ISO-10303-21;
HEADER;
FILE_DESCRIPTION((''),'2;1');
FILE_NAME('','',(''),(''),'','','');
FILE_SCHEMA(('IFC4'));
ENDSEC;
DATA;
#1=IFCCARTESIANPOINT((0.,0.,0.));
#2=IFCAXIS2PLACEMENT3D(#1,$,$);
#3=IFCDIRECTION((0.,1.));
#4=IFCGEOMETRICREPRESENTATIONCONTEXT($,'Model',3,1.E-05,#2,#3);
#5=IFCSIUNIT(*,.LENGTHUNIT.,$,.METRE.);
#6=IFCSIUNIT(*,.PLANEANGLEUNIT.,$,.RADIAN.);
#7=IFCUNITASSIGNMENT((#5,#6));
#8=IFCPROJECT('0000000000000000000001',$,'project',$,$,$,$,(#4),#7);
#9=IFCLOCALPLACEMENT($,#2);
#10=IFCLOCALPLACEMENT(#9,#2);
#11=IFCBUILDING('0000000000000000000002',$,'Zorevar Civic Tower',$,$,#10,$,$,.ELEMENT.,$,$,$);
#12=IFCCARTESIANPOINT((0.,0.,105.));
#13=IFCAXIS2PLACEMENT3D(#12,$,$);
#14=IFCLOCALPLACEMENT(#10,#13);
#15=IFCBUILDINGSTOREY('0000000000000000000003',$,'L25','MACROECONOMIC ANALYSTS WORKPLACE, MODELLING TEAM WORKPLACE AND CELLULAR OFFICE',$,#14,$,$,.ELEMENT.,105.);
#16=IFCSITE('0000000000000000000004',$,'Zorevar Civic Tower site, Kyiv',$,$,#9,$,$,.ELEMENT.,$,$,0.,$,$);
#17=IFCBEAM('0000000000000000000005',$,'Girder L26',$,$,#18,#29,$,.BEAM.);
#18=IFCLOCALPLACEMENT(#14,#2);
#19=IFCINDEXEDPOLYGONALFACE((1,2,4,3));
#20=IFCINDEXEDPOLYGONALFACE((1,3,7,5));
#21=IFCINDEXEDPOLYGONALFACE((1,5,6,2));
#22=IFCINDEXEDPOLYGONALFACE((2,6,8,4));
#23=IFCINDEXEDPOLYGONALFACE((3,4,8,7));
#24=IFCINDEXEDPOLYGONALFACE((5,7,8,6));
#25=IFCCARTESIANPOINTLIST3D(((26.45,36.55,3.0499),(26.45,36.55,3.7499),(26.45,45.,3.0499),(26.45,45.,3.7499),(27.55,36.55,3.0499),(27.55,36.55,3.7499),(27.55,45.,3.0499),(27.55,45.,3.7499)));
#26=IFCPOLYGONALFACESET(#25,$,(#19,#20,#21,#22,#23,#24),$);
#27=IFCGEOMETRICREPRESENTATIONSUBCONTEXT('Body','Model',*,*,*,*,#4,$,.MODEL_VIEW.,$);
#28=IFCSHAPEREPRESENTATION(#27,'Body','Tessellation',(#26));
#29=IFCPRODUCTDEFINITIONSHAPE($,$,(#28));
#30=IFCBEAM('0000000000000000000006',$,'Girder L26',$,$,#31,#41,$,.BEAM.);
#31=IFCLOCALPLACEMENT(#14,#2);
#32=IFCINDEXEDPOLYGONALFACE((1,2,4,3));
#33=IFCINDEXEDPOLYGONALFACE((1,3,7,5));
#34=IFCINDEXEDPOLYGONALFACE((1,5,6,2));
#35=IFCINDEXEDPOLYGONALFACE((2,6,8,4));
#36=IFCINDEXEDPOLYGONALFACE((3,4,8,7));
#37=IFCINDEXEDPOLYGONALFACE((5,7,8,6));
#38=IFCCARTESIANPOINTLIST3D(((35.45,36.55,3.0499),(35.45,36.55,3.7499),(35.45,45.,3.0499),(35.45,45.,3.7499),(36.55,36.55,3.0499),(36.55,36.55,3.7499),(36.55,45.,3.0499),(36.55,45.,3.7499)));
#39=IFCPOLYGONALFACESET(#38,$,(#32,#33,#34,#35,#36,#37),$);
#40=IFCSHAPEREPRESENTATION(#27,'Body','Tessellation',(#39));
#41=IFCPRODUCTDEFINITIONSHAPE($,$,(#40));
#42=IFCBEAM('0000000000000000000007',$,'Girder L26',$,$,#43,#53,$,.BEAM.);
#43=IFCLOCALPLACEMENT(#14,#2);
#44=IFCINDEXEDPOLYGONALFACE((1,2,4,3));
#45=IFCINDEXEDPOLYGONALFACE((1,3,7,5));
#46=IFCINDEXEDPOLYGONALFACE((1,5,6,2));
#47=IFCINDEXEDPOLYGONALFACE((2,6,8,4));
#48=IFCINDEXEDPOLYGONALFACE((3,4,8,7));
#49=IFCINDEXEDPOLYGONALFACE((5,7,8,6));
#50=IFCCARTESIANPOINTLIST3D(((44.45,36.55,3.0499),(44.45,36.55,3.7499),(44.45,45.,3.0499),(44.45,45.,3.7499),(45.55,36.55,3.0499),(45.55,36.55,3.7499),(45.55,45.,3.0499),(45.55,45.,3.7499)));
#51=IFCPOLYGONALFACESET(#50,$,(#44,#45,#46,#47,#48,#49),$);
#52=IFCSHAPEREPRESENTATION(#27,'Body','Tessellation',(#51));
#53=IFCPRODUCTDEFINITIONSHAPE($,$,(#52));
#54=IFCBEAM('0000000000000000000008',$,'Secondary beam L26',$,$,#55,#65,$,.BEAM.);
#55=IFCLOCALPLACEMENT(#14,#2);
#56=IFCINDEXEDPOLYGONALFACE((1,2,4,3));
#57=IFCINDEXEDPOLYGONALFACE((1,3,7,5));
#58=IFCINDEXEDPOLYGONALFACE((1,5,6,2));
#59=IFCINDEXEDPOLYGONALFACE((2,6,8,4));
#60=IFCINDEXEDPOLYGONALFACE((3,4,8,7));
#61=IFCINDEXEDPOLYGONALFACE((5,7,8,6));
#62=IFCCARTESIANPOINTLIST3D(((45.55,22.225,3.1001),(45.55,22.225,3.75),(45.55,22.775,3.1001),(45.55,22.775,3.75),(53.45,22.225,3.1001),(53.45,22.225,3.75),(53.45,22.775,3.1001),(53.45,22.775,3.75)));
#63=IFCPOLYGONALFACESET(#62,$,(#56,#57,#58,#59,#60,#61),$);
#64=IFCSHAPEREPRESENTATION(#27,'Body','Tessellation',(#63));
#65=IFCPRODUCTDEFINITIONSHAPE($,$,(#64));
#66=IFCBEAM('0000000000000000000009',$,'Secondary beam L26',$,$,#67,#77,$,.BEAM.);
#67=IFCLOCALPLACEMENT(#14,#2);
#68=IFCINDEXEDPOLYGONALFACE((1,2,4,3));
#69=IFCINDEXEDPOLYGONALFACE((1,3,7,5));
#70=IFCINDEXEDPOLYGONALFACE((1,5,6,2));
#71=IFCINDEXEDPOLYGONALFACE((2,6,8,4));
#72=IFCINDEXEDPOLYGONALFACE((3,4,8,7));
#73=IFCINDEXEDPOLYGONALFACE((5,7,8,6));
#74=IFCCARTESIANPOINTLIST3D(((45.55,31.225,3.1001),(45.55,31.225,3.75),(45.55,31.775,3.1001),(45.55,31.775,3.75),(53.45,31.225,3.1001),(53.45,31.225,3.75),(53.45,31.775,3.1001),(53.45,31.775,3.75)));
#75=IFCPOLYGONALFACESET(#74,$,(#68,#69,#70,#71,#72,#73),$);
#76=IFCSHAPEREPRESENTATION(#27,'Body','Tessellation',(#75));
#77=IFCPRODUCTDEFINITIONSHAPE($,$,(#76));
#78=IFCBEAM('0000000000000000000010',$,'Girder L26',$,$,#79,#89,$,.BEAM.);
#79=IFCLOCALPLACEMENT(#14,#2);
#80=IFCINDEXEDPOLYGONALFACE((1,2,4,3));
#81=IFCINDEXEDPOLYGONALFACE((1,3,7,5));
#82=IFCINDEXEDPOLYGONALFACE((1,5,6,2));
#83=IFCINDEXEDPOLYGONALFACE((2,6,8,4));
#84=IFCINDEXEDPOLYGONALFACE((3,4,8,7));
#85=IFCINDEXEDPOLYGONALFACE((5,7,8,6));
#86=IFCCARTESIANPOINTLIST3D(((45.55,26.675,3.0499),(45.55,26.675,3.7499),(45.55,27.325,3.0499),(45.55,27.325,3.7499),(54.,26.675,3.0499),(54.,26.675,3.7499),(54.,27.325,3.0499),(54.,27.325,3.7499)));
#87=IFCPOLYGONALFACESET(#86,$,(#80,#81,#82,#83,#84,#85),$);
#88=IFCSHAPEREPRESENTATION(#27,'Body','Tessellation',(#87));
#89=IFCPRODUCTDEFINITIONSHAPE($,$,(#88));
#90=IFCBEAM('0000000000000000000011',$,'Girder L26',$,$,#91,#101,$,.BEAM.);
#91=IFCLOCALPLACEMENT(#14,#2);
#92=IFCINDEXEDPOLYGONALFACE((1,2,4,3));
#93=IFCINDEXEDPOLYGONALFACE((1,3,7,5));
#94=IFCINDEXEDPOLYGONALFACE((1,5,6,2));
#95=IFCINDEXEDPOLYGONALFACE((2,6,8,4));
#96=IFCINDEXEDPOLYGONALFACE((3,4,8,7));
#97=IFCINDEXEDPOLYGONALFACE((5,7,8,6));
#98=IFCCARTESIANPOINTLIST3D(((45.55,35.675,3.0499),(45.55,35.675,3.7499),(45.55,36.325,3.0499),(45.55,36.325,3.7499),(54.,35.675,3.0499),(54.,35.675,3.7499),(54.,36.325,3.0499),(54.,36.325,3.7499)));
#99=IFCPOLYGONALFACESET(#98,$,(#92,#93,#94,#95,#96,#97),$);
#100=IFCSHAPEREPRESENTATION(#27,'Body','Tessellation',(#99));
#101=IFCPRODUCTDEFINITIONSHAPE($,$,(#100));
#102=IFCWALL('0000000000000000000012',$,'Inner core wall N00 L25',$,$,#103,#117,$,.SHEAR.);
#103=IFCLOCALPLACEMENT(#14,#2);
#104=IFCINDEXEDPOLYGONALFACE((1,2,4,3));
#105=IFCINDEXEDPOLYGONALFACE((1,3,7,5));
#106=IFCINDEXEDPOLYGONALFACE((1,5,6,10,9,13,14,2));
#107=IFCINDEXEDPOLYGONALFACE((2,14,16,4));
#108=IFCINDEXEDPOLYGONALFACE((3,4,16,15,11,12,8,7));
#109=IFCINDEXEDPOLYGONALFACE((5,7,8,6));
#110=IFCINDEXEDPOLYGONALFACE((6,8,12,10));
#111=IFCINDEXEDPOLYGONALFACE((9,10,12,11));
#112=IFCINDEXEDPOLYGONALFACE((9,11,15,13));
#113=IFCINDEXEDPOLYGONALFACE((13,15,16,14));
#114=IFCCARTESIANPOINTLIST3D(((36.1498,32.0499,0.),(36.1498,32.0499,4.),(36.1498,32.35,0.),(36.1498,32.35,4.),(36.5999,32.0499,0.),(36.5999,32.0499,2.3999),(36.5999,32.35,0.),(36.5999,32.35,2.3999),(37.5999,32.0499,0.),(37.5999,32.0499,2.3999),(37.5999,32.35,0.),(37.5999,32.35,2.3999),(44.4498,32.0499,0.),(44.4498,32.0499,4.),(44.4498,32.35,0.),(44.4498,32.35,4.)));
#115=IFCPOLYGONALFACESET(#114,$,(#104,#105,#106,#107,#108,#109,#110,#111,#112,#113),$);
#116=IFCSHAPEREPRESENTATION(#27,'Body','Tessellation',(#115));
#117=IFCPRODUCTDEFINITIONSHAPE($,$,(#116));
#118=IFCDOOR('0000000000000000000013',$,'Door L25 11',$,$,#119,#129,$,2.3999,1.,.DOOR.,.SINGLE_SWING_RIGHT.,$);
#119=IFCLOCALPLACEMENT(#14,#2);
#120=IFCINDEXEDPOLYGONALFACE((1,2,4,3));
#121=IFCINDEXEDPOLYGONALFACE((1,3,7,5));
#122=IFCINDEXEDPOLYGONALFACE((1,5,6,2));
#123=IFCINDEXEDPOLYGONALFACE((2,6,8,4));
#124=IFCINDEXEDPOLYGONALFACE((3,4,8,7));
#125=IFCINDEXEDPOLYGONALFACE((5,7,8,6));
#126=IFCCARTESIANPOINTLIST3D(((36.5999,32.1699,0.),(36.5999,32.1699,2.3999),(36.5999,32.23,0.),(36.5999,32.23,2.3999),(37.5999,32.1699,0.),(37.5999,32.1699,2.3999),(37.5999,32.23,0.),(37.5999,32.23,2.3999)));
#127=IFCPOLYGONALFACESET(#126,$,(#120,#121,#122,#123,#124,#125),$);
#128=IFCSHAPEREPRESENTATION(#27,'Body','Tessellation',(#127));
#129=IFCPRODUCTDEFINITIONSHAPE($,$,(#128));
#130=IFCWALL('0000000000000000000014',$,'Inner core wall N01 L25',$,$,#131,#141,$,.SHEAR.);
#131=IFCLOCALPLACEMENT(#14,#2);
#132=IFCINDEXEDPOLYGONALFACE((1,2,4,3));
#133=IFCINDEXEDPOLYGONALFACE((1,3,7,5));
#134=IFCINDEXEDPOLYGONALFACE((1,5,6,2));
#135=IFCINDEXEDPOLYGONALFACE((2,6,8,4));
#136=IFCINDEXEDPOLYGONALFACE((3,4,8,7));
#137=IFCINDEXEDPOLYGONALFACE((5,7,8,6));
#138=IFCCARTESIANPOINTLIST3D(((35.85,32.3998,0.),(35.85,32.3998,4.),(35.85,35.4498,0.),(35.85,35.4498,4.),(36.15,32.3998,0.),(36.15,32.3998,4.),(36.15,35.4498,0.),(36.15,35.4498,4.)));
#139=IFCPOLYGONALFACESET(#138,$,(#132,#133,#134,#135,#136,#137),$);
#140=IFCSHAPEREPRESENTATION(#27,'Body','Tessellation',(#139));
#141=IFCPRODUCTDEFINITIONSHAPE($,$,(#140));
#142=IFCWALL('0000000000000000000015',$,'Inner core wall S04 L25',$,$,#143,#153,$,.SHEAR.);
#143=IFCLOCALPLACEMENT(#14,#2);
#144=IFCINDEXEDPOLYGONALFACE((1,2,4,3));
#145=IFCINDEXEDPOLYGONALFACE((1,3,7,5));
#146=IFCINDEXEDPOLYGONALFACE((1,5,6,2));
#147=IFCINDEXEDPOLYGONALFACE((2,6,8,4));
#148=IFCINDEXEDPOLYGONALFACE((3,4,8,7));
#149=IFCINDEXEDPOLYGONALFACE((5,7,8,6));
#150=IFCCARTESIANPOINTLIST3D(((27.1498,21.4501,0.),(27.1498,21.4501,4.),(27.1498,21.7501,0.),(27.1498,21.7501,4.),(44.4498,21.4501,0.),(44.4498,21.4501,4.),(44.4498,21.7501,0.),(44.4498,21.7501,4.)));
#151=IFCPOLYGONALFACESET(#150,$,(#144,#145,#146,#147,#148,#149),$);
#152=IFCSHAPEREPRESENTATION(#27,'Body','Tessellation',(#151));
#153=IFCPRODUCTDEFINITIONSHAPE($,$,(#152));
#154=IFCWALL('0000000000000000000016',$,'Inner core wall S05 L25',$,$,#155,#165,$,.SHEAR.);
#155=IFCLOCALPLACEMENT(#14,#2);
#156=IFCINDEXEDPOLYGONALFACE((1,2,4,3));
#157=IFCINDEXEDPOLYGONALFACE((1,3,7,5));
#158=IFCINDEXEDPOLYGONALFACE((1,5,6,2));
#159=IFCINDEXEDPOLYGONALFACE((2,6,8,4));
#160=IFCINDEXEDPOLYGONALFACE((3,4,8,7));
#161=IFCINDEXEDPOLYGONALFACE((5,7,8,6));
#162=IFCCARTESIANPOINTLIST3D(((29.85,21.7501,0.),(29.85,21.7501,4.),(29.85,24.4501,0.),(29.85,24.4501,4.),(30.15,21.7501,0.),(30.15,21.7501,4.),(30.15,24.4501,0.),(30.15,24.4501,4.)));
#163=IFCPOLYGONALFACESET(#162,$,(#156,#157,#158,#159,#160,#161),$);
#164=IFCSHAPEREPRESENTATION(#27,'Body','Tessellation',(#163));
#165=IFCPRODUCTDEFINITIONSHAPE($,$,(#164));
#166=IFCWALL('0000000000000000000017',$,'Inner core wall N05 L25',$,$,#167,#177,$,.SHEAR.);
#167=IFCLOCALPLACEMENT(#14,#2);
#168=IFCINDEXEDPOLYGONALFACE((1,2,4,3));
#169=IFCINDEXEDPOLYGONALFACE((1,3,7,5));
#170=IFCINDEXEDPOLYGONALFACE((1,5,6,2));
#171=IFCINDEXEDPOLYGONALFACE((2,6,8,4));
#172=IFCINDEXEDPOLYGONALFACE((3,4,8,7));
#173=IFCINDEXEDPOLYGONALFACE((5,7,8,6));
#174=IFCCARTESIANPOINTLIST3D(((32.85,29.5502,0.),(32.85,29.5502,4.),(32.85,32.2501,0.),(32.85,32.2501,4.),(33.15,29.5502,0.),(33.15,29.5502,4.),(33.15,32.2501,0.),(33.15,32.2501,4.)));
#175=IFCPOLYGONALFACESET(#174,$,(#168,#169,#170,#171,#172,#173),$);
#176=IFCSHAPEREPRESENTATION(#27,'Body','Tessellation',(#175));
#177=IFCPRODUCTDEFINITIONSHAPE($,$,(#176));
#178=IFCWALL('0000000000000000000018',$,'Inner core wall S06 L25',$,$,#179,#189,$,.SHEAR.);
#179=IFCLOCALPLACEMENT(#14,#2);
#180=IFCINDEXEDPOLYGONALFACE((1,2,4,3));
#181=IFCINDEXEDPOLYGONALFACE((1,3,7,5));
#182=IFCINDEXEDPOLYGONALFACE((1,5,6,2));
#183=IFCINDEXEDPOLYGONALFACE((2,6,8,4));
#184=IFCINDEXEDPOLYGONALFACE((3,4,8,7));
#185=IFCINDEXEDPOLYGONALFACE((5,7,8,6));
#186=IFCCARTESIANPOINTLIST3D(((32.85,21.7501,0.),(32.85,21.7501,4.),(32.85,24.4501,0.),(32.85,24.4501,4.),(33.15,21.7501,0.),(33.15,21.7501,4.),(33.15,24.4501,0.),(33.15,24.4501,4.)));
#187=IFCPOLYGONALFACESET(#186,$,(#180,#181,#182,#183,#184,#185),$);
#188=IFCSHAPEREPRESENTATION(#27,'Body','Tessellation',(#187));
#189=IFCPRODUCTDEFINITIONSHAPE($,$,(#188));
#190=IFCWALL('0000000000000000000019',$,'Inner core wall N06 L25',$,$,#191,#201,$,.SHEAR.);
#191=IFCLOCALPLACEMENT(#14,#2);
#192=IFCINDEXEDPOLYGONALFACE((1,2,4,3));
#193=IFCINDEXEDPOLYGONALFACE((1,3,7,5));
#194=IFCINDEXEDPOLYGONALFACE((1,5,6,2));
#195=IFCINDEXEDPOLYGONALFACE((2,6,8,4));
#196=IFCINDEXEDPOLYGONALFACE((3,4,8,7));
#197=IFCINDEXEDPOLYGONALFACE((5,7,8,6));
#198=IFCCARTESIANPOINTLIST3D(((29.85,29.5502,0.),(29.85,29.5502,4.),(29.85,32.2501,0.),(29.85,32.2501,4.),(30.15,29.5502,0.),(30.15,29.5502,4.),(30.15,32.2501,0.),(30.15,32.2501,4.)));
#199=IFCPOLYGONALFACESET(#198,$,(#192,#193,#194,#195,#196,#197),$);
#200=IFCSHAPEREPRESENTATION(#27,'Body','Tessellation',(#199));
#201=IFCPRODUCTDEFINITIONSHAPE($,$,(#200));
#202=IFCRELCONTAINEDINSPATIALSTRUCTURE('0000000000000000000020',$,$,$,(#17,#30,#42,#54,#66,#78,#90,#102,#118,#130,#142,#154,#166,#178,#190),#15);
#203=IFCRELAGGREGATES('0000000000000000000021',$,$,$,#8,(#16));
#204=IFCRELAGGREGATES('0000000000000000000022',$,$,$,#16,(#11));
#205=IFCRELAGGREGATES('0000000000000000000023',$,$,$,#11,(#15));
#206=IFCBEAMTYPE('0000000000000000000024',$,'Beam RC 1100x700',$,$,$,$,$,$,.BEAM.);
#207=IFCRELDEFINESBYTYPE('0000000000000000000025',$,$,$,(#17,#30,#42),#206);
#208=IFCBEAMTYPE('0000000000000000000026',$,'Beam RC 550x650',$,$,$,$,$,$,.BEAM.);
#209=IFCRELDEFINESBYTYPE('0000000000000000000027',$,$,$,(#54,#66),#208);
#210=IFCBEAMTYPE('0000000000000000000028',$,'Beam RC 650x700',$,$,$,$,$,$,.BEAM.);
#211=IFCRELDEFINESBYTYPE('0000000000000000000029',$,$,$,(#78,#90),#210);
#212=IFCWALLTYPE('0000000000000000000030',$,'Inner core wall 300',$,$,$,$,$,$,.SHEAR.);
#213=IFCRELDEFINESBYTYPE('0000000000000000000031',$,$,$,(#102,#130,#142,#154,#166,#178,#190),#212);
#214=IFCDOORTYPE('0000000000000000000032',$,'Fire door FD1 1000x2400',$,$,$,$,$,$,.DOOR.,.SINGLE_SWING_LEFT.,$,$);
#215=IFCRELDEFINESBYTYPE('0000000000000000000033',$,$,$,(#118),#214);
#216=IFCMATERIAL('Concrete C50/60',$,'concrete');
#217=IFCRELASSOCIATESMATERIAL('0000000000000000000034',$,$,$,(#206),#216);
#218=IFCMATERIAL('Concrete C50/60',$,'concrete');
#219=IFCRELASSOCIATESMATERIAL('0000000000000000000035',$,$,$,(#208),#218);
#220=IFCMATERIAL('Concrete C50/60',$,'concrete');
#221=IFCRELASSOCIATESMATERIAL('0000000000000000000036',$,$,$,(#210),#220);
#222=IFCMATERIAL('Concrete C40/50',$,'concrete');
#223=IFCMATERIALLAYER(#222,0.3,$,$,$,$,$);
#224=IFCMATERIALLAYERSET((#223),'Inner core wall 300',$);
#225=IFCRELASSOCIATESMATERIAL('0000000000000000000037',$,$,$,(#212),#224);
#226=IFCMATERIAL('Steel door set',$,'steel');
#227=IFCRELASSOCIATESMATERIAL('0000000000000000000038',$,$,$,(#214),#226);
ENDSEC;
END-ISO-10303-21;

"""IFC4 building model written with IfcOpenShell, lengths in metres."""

from ifc_helpers import new_model, si_unit, direction, frame, frame_2d, origin, origin_2d, place, context, subcontext, project, spatial, rectangle, extrude, material, layer, layer_set, material_profile, profile_set, type_object, element, fill, save


model = new_model("IFC4")

# Units and contexts
model_context = context("Model", 3, precision=1e-05, world=origin(), true_north=direction((0.0, 1.0)))
body_context = subcontext(model_context, "Body", "Model", "MODEL_VIEW")
ifc_project = project(units=[si_unit("LENGTHUNIT", "METRE"), si_unit("PLANEANGLEUNIT", "RADIAN")], contexts=[model_context])

# Site, building, storey
site_placement = place(None, origin())
site = spatial("IfcSite", under=ifc_project, at=site_placement, Name="Zorevar Civic Tower site, Kyiv", CompositionType="ELEMENT", RefElevation=0.0)
building_placement = place(site_placement, origin())
building = spatial("IfcBuilding", under=site, at=building_placement, Name="Zorevar Civic Tower", CompositionType="ELEMENT")
storey_placement = place(building_placement, frame((0.0, 0.0, 105.0)))
storey = spatial("IfcBuildingStorey", under=building, at=storey_placement, Name="L25", Description="MACROECONOMIC ANALYSTS WORKPLACE, MODELLING TEAM WORKPLACE AND CELLULAR OFFICE", CompositionType="ELEMENT", Elevation=105.0)

# Beams
ifc_material_1 = material(Name="Concrete C50/60", Category="concrete")
ifc_material_profile_1 = material_profile(ifc_material_1, rectangle(XDim=1.1001, YDim=0.7, at=origin_2d()), Name="RC 1100x700")
ifc_profile_set_1 = profile_set([ifc_material_profile_1], Name="Concrete C50/60")
beam_type_1 = type_object("IfcBeamType", Name="Beam RC 1100x700", PredefinedType="BEAM", material=ifc_profile_set_1)
for number, where, z_axis, x_axis, name in (
    (1, (27.0, 36.55, 3.3999), (0.0, 1.0, 0.0), (-1.0, 0.0, 0.0), "Girder L26"),
    (2, (36.0, 36.55, 3.3999), (0.0, 1.0, 0.0), (-1.0, 0.0, 0.0), "Girder L26"),
    (3, (45.0, 36.55, 3.3999), (0.0, 1.0, 0.0), (-1.0, 0.0, 0.0), "Girder L26"),
):
    element("IfcBeam", number, at=place(storey_placement, frame(where, z_axis=z_axis, x_axis=x_axis)), inside=storey, type_object=beam_type_1, Name=name, PredefinedType="BEAM", context=body_context, shape_type="SweptSolid", body=[
        extrude(rectangle(XDim=1.1001, YDim=0.7, at=origin_2d()), origin(), (0.0, 0.0, 1.0), 8.45),
    ])
ifc_material_2 = material(Name="Concrete C50/60", Category="concrete")
ifc_material_profile_2 = material_profile(ifc_material_2, rectangle(XDim=0.55, YDim=0.6499, at=origin_2d()), Name="RC 550x650")
ifc_profile_set_2 = profile_set([ifc_material_profile_2], Name="Concrete C50/60")
beam_type_2 = type_object("IfcBeamType", Name="Beam RC 550x650", PredefinedType="BEAM", material=ifc_profile_set_2)
for number, where, z_axis, x_axis, name in (
    (4, (45.55, 22.5, 3.425), (1.0, 0.0, 0.0), (0.0, 1.0, 0.0), "Secondary beam L26"),
    (5, (45.55, 31.5, 3.425), (1.0, 0.0, 0.0), (0.0, 1.0, 0.0), "Secondary beam L26"),
):
    element("IfcBeam", number, at=place(storey_placement, frame(where, z_axis=z_axis, x_axis=x_axis)), inside=storey, type_object=beam_type_2, Name=name, PredefinedType="BEAM", context=body_context, shape_type="SweptSolid", body=[
        extrude(rectangle(XDim=0.55, YDim=0.6499, at=origin_2d()), origin(), (0.0, 0.0, 1.0), 7.8999),
    ])
ifc_material_3 = material(Name="Concrete C50/60", Category="concrete")
ifc_material_profile_3 = material_profile(ifc_material_3, rectangle(XDim=0.6499, YDim=0.7, at=origin_2d()), Name="RC 650x700")
ifc_profile_set_3 = profile_set([ifc_material_profile_3], Name="Concrete C50/60")
beam_type_3 = type_object("IfcBeamType", Name="Beam RC 650x700", PredefinedType="BEAM", material=ifc_profile_set_3)
for number, where, z_axis, x_axis, name in (
    (6, (45.55, 27.0, 3.3999), (1.0, 0.0, 0.0), (0.0, 1.0, 0.0), "Girder L26"),
    (7, (45.55, 36.0, 3.3999), (1.0, 0.0, 0.0), (0.0, 1.0, 0.0), "Girder L26"),
):
    element("IfcBeam", number, at=place(storey_placement, frame(where, z_axis=z_axis, x_axis=x_axis)), inside=storey, type_object=beam_type_3, Name=name, PredefinedType="BEAM", context=body_context, shape_type="SweptSolid", body=[
        extrude(rectangle(XDim=0.6499, YDim=0.7, at=origin_2d()), origin(), (0.0, 0.0, 1.0), 8.45),
    ])

# Wall, opening, door
ifc_material_4 = material(Name="Concrete C40/50", Category="concrete")
ifc_layer_1 = layer(ifc_material_4, 0.3)
ifc_layer_set_1 = layer_set([ifc_layer_1], Name="Inner core wall 300")
wall_type_1 = type_object("IfcWallType", Name="Inner core wall 300", PredefinedType="SHEAR", material=ifc_layer_set_1)
wall_1_placement = place(storey_placement, frame((36.1499, 32.2, 0.0), z_axis=(0.0, 0.0, 1.0), x_axis=(1.0, 0.0, 0.0)))
wall_1 = element("IfcWall", 8, at=wall_1_placement, inside=storey, type_object=wall_type_1, Name="Inner core wall N00 L25", PredefinedType="SHEAR", context=body_context, shape_type="SweptSolid", body=[
    extrude(rectangle(XDim=8.3, YDim=0.3, at=frame_2d((4.1499, 0.0))), origin(), (0.0, 0.0, 1.0), 4.0),
])
opening_1_placement = place(wall_1_placement, frame((0.45, 0.0, 0.0)))
opening_1 = element("IfcOpeningElement", 9, at=opening_1_placement, cuts=wall_1, PredefinedType="OPENING", context=body_context, shape_type="SweptSolid", body=[
    extrude(rectangle(XDim=1.0, YDim=2.3999, at=frame_2d((0.5, 1.2))), frame((0.0, 0.1599, 0.0), z_axis=(0.0, -1.0, 0.0), x_axis=(1.0, 0.0, 0.0)), (0.0, 0.0, 1.0), 0.3201),
])
ifc_material_5 = material(Name="Steel door set", Category="steel")
door_type_1 = type_object("IfcDoorType", Name="Fire door FD1 1000x2400", OperationType="SINGLE_SWING_LEFT", PredefinedType="DOOR", material=ifc_material_5)
door_1_placement = place(opening_1_placement, origin())
door_1 = element("IfcDoor", 10, at=door_1_placement, inside=storey, type_object=door_type_1, Name="Door L25 11", OperationType="SINGLE_SWING_RIGHT", OverallHeight=2.3999, OverallWidth=1.0, PredefinedType="DOOR", context=body_context, shape_type="SweptSolid", body=[
    extrude(rectangle(XDim=1.0, YDim=2.3999, at=frame_2d((0.5, 1.2))), frame((0.0, 0.03, 0.0), z_axis=(0.0, -1.0, 0.0), x_axis=(1.0, 0.0, 0.0)), (0.0, 0.0, 1.0), 0.0601),
])
fill(opening_1, door_1)

# Wall
wall_2_placement = place(storey_placement, frame((36.0, 32.3999, 0.0), z_axis=(0.0, 0.0, 1.0), x_axis=(0.0, 1.0, 0.0)))
element("IfcWall", 11, at=wall_2_placement, inside=storey, type_object=wall_type_1, Name="Inner core wall N01 L25", PredefinedType="SHEAR", context=body_context, shape_type="SweptSolid", body=[
    extrude(rectangle(XDim=3.05, YDim=0.3, at=frame_2d((1.5249, 0.0))), origin(), (0.0, 0.0, 1.0), 4.0),
])

# Walls
wall_3_placement = place(storey_placement, frame((27.1499, 21.6001, 0.0), z_axis=(0.0, 0.0, 1.0), x_axis=(1.0, 0.0, 0.0)))
element("IfcWall", 12, at=wall_3_placement, inside=storey, type_object=wall_type_1, Name="Inner core wall S04 L25", PredefinedType="SHEAR", context=body_context, shape_type="SweptSolid", body=[
    extrude(rectangle(XDim=17.3, YDim=0.3, at=frame_2d((8.6499, 0.0))), origin(), (0.0, 0.0, 1.0), 4.0),
])
for number, where, z_axis, x_axis, name in (
    (13, (30.0, 21.75, 0.0), (0.0, 0.0, 1.0), (0.0, 1.0, 0.0), "Inner core wall S05 L25"),
    (14, (33.0, 29.55, 0.0), (0.0, 0.0, 1.0), (0.0, 1.0, 0.0), "Inner core wall N05 L25"),
    (15, (33.0, 21.75, 0.0), (0.0, 0.0, 1.0), (0.0, 1.0, 0.0), "Inner core wall S06 L25"),
    (16, (30.0, 29.55, 0.0), (0.0, 0.0, 1.0), (0.0, 1.0, 0.0), "Inner core wall N06 L25"),
):
    element("IfcWall", number, at=place(storey_placement, frame(where, z_axis=z_axis, x_axis=x_axis)), inside=storey, type_object=wall_type_1, Name=name, PredefinedType="SHEAR", context=body_context, shape_type="SweptSolid", body=[
        extrude(rectangle(XDim=2.7, YDim=0.3, at=frame_2d((1.3501, 0.0))), origin(), (0.0, 0.0, 1.0), 4.0),
    ])

save(model, "model.ifc")
